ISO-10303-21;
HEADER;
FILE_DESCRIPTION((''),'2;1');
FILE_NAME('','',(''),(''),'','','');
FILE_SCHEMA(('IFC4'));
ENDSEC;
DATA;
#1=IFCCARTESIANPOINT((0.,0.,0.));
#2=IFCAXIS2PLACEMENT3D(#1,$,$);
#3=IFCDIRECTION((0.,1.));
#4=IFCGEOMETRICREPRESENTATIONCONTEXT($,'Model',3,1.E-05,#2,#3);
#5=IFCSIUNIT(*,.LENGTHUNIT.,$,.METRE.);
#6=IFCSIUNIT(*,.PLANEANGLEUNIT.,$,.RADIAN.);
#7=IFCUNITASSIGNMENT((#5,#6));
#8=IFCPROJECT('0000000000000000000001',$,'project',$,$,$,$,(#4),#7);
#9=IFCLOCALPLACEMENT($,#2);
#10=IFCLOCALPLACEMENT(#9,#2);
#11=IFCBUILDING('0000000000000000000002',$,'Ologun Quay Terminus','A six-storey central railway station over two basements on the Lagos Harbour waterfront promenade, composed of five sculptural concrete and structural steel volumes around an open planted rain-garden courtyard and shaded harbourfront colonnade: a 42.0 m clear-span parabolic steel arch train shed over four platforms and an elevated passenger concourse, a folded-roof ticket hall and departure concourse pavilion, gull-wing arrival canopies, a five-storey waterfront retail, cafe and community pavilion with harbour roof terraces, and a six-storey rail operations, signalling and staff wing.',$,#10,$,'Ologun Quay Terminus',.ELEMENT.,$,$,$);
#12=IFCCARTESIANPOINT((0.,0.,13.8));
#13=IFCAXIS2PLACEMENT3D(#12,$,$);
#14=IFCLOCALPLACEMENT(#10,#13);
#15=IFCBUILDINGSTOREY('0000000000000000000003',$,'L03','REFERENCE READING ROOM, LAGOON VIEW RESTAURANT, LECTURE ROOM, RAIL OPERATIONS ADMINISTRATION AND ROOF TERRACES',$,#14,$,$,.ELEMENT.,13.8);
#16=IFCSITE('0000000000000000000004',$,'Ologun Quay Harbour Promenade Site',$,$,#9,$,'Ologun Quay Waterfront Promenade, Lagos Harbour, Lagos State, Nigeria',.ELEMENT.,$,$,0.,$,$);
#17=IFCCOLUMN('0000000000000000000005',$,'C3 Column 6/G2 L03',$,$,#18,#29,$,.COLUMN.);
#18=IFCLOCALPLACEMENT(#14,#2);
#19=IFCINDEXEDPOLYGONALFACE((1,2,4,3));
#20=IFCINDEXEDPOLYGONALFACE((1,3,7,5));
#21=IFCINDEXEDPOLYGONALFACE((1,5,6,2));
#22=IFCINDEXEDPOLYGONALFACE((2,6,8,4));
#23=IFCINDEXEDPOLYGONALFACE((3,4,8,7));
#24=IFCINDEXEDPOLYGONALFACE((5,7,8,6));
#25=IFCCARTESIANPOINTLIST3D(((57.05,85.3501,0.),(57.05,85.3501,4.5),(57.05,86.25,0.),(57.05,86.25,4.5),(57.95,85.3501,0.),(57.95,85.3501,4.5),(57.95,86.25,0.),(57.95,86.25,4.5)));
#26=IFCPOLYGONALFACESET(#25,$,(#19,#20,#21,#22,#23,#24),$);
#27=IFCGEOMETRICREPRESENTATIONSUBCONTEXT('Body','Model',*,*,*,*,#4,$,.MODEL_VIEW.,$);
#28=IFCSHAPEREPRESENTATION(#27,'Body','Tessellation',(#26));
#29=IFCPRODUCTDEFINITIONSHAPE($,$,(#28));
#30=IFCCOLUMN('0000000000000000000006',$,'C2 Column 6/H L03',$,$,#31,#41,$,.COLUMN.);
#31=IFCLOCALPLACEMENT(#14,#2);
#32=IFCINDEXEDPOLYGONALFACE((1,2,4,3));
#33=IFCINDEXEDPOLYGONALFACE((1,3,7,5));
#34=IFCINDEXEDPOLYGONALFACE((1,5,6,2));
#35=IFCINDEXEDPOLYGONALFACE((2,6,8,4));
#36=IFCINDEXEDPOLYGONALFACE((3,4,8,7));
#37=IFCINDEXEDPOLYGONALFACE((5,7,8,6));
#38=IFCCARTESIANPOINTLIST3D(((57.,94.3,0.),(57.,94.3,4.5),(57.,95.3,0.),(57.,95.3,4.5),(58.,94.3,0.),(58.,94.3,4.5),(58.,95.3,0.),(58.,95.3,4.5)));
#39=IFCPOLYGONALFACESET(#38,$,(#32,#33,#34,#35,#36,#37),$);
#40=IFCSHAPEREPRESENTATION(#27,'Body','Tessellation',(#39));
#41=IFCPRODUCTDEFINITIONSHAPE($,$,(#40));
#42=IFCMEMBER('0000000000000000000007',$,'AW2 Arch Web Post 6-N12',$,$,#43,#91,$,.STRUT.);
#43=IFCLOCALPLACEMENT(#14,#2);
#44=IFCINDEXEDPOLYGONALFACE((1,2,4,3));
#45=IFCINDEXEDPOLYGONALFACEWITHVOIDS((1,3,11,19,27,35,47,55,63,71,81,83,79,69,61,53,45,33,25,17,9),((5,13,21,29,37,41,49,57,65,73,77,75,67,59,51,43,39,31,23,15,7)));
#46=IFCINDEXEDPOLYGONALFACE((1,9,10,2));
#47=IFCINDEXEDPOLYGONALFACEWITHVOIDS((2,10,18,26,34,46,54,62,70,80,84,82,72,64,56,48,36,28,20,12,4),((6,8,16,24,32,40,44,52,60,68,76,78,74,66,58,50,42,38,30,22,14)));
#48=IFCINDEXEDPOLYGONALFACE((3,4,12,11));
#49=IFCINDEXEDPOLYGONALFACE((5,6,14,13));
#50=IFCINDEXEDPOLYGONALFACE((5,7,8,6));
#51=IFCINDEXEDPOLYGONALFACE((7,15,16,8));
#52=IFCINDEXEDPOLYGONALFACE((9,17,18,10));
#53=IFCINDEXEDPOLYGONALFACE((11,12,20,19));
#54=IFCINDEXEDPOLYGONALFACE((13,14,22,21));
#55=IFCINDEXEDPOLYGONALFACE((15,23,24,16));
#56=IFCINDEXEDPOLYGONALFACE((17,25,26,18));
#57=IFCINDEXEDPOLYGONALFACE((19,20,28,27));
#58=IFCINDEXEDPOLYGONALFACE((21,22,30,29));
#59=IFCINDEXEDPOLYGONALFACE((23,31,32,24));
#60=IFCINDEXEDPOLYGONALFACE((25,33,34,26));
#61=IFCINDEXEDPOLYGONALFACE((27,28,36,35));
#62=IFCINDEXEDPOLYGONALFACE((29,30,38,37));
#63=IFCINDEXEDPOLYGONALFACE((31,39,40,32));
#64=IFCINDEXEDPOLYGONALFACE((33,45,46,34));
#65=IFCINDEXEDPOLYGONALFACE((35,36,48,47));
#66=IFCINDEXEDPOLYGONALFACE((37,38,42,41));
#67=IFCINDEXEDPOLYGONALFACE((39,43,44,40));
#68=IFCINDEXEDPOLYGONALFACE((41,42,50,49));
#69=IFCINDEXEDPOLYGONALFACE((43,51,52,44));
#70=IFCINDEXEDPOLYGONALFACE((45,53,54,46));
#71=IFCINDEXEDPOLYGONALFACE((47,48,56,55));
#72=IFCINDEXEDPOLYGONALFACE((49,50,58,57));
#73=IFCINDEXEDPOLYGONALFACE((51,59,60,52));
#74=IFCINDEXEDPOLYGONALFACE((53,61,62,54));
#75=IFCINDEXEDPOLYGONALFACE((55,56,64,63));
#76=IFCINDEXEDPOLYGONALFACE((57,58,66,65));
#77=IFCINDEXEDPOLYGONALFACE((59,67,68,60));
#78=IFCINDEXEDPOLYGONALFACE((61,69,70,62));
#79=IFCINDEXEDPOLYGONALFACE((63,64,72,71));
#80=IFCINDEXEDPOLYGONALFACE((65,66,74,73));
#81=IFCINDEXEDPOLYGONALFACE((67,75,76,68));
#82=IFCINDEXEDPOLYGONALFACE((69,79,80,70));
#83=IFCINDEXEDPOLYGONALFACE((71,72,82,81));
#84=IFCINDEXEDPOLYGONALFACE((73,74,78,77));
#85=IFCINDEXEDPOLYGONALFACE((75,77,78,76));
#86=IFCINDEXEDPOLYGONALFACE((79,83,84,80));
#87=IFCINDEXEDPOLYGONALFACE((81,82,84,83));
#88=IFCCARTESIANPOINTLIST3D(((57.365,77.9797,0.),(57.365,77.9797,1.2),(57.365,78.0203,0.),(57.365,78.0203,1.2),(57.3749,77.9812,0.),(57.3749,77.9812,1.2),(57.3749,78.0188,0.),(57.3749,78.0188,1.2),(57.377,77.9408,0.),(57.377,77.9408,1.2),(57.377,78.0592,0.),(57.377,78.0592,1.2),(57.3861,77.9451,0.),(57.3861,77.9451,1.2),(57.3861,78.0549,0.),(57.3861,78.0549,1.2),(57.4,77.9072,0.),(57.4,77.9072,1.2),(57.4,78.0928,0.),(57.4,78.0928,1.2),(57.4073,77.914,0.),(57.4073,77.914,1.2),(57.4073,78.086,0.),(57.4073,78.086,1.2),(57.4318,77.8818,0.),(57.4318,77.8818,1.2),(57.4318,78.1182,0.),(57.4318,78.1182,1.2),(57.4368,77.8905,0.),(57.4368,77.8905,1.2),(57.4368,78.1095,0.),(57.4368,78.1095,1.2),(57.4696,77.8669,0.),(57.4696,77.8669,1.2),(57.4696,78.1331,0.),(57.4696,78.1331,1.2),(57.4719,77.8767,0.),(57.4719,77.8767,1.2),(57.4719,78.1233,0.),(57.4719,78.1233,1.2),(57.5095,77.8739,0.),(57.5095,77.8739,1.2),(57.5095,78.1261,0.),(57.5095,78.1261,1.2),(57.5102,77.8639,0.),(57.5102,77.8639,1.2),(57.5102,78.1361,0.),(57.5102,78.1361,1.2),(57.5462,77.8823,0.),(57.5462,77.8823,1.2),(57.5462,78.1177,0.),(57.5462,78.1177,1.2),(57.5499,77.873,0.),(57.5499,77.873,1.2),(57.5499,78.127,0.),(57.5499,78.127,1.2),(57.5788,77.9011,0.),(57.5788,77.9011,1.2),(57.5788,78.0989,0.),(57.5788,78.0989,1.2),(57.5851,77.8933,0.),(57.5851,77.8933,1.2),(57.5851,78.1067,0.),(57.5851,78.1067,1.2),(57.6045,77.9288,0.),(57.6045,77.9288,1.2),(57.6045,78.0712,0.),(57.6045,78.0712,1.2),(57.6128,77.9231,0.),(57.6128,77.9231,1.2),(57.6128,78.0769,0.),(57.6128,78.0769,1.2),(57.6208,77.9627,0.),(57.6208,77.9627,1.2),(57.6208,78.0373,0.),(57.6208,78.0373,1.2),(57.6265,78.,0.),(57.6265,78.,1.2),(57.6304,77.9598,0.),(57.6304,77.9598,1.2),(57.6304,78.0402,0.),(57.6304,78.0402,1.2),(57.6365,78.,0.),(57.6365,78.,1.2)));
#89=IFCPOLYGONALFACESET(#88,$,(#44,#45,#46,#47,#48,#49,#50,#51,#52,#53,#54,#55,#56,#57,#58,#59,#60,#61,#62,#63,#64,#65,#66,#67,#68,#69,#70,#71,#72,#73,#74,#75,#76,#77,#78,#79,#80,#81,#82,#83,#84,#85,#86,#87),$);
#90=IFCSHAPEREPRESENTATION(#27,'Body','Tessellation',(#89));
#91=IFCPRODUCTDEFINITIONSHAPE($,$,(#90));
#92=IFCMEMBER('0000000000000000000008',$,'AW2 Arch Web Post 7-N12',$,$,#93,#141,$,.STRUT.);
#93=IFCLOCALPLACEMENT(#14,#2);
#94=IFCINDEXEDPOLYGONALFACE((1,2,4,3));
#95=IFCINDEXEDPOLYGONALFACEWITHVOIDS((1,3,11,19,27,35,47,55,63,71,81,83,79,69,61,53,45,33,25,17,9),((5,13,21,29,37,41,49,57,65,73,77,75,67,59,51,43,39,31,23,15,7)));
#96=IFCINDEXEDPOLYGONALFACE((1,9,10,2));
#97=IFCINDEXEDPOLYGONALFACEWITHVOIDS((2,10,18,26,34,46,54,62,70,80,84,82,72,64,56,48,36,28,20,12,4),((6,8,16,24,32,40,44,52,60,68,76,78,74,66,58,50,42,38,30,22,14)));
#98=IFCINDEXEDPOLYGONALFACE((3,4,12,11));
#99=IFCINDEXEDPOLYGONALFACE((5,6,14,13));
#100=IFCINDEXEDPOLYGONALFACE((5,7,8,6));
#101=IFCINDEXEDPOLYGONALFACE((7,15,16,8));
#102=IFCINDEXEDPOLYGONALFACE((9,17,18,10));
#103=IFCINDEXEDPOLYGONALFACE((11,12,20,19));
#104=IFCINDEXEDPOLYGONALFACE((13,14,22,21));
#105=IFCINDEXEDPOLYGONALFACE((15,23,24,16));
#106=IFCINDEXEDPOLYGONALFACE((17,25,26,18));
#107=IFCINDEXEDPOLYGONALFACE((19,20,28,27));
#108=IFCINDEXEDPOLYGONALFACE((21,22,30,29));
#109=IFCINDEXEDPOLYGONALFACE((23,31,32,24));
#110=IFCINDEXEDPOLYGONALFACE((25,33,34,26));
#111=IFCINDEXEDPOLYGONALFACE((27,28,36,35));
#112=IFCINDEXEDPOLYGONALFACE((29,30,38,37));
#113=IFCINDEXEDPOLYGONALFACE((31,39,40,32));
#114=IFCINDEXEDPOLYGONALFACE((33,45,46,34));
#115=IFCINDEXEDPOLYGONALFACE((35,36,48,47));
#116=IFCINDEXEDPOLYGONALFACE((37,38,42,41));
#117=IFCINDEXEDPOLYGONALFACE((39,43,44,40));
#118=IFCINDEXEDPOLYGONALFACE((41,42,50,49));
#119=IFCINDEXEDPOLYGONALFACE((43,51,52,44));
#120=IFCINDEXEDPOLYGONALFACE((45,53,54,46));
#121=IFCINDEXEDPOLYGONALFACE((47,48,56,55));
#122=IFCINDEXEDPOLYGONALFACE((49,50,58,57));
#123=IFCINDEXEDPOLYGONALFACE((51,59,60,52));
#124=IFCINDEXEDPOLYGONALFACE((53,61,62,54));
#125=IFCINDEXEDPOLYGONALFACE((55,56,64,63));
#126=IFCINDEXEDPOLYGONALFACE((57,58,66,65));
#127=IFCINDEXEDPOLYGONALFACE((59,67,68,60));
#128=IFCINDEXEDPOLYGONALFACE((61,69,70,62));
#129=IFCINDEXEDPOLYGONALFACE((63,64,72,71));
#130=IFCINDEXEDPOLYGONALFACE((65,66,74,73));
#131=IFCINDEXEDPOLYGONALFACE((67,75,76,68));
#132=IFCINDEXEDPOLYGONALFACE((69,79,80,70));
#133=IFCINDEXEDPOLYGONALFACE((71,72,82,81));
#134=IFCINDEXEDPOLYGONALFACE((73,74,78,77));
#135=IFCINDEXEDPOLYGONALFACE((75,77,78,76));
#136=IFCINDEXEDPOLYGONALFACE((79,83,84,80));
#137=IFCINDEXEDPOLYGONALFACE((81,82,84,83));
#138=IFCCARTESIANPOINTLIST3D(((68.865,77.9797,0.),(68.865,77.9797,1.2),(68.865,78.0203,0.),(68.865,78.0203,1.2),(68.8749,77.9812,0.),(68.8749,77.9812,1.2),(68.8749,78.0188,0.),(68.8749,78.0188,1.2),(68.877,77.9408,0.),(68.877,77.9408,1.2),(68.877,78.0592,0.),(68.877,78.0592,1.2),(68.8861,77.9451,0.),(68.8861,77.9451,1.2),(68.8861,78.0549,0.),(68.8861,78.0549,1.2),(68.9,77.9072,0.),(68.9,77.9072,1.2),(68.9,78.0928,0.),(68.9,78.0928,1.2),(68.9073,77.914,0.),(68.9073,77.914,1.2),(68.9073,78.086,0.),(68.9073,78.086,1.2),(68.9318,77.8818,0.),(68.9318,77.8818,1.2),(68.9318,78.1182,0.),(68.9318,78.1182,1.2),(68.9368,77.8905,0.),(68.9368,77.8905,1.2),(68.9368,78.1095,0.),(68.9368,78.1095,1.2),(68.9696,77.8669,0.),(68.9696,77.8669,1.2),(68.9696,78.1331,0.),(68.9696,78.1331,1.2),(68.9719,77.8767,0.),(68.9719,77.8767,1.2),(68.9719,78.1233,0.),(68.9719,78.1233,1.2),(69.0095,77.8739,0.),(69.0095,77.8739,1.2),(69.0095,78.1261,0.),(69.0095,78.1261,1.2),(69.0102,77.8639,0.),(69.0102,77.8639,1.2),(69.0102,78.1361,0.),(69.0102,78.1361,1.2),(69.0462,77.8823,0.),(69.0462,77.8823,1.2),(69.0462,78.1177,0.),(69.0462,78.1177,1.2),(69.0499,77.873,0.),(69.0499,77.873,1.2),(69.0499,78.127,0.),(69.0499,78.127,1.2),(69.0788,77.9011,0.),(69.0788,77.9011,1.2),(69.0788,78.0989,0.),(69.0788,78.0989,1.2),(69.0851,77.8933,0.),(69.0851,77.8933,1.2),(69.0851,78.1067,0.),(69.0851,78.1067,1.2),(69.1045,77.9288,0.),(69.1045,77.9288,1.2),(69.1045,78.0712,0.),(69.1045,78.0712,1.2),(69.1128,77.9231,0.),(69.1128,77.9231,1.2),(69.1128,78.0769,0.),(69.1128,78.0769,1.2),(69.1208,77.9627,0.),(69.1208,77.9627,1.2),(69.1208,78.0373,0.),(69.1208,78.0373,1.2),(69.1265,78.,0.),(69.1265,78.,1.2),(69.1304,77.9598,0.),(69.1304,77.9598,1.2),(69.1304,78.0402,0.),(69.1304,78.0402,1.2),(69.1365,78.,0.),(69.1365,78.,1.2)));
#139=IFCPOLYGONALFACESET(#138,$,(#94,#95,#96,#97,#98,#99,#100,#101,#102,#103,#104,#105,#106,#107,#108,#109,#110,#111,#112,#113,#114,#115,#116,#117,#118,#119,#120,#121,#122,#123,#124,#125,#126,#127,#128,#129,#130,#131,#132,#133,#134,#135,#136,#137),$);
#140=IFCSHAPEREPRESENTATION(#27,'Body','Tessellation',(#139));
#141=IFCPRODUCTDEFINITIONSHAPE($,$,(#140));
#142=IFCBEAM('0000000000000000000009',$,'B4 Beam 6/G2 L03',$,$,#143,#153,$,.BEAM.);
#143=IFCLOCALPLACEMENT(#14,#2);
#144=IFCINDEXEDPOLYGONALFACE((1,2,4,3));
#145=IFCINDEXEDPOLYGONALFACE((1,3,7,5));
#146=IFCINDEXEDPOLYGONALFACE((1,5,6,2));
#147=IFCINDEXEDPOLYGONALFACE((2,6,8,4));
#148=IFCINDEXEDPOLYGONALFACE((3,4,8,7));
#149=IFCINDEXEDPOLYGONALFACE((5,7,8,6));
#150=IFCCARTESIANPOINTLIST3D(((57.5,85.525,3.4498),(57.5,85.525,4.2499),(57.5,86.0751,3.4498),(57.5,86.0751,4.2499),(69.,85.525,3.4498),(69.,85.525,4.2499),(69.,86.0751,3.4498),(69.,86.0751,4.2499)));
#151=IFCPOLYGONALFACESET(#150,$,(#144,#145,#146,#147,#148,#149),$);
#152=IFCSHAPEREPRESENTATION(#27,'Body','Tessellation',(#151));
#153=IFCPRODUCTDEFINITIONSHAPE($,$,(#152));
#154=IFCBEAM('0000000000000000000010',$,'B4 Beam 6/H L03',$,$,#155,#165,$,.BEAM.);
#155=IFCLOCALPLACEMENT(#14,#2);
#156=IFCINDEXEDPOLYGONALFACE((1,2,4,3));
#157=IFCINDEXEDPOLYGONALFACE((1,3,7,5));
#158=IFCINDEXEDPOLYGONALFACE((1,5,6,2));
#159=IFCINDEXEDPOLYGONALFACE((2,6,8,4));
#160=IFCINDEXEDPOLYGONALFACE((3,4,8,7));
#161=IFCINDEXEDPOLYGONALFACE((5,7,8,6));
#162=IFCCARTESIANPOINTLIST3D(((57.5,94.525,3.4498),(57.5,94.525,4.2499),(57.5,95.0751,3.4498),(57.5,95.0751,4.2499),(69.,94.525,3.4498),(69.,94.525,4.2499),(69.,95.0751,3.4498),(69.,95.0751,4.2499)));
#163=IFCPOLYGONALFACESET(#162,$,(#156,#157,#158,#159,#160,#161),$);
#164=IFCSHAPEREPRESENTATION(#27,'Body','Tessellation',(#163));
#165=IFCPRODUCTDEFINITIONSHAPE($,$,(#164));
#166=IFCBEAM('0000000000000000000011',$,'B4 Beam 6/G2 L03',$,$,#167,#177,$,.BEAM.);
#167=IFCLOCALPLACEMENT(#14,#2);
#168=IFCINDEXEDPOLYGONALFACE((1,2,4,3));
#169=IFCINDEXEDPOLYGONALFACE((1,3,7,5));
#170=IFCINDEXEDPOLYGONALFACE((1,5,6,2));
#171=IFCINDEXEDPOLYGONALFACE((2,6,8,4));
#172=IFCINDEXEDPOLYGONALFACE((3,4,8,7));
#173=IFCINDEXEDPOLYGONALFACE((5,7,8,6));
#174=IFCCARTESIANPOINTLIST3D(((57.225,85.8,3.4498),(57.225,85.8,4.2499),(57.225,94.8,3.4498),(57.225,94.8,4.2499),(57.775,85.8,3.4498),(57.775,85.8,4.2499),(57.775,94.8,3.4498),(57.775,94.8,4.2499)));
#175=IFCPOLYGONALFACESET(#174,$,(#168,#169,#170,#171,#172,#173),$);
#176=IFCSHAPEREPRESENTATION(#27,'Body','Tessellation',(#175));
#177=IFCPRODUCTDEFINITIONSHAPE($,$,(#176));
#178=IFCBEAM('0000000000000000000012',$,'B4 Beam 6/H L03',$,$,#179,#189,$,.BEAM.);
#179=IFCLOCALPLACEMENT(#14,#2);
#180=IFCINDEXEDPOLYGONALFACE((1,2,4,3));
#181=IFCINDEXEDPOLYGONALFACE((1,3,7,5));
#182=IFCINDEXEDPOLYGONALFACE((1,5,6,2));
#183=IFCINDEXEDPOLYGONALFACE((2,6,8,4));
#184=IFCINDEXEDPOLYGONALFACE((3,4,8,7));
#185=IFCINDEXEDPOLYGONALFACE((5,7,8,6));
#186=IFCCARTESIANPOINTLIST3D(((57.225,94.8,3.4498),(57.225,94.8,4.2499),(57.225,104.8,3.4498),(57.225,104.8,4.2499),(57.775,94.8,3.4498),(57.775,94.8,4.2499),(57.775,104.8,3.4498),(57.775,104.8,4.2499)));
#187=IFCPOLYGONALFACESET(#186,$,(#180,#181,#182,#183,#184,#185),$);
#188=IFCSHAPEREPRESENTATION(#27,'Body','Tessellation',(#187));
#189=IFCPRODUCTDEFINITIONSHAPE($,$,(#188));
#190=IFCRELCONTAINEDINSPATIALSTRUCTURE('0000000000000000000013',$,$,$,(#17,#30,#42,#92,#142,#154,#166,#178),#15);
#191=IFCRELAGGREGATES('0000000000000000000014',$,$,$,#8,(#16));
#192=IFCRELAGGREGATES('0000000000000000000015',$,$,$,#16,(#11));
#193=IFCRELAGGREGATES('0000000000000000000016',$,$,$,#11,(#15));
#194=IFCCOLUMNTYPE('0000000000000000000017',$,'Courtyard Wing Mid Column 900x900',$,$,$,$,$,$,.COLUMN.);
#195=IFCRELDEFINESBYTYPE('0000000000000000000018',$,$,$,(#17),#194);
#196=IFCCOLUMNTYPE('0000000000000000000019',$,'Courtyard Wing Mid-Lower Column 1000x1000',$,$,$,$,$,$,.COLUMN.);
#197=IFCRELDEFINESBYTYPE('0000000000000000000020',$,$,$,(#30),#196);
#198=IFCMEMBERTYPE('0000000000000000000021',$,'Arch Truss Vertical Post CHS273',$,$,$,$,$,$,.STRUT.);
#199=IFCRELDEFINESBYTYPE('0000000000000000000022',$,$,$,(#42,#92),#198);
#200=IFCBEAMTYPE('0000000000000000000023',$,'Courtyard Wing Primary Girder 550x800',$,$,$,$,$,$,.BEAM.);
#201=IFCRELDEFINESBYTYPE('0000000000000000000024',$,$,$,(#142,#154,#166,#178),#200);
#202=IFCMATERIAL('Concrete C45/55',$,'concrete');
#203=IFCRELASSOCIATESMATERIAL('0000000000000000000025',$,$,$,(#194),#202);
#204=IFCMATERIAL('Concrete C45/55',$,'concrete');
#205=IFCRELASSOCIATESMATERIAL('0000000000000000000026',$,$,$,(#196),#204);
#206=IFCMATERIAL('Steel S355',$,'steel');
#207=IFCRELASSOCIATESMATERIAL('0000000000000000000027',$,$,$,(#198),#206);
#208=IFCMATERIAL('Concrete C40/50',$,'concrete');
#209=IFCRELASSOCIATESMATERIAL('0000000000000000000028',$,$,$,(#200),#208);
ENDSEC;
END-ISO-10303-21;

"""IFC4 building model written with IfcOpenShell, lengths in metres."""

from ifc_helpers import new_model, si_unit, direction, frame, origin, origin_2d, place, context, subcontext, project, spatial, rectangle, hollow_circle, extrude, material, material_profile, profile_set, type_object, element, save


model = new_model("IFC4")

# Units and contexts
model_context = context("Model", 3, precision=1e-05, world=origin(), true_north=direction((0.0, 1.0)))
body_context = subcontext(model_context, "Body", "Model", "MODEL_VIEW")
ifc_project = project(units=[si_unit("LENGTHUNIT", "METRE"), si_unit("PLANEANGLEUNIT", "RADIAN")], contexts=[model_context])

# Site, building, storey
site_placement = place(None, origin())
site = spatial("IfcSite", under=ifc_project, at=site_placement, Name="Ologun Quay Harbour Promenade Site", LongName="Ologun Quay Waterfront Promenade, Lagos Harbour, Lagos State, Nigeria", CompositionType="ELEMENT", RefElevation=0.0)
building_placement = place(site_placement, origin())
building = spatial("IfcBuilding", under=site, at=building_placement, Name="Ologun Quay Terminus", Description="A six-storey central railway station over two basements on the Lagos Harbour waterfront promenade, composed of five sculptural concrete and structural steel volumes around an open planted rain-garden courtyard and shaded harbourfront colonnade: a 42.0 m clear-span parabolic steel arch train shed over four platforms and an elevated passenger concourse, a folded-roof ticket hall and departure concourse pavilion, gull-wing arrival canopies, a five-storey waterfront retail, cafe and community pavilion with harbour roof terraces, and a six-storey rail operations, signalling and staff wing.", LongName="Ologun Quay Terminus", CompositionType="ELEMENT")
storey_placement = place(building_placement, frame((0.0, 0.0, 13.8)))
storey = spatial("IfcBuildingStorey", under=building, at=storey_placement, Name="L03", Description="REFERENCE READING ROOM, LAGOON VIEW RESTAURANT, LECTURE ROOM, RAIL OPERATIONS ADMINISTRATION AND ROOF TERRACES", CompositionType="ELEMENT", Elevation=13.8)

# Columns
ifc_material_1 = material(Name="Concrete C45/55", Category="concrete")
ifc_material_profile_1 = material_profile(ifc_material_1, rectangle(XDim=0.8999, YDim=0.8999, at=origin_2d()), Name="RC 900x900")
ifc_profile_set_1 = profile_set([ifc_material_profile_1], Name="Concrete C45/55")
column_type_1 = type_object("IfcColumnType", Name="Courtyard Wing Mid Column 900x900", PredefinedType="COLUMN", material=ifc_profile_set_1)
column_1_placement = place(storey_placement, frame((57.5, 85.8, 0.0), z_axis=(0.0, 0.0, 1.0), x_axis=(1.0, 0.0, 0.0)))
element("IfcColumn", 1, at=column_1_placement, inside=storey, type_object=column_type_1, Name="C3 Column 6/G2 L03", PredefinedType="COLUMN", context=body_context, shape_type="SweptSolid", body=[
    extrude(rectangle(XDim=0.8999, YDim=0.8999, at=origin_2d()), origin(), (0.0, 0.0, 1.0), 4.5),
])
ifc_material_2 = material(Name="Concrete C45/55", Category="concrete")
ifc_material_profile_2 = material_profile(ifc_material_2, rectangle(XDim=1.0, YDim=1.0, at=origin_2d()), Name="RC 1000x1000")
ifc_profile_set_2 = profile_set([ifc_material_profile_2], Name="Concrete C45/55")
column_type_2 = type_object("IfcColumnType", Name="Courtyard Wing Mid-Lower Column 1000x1000", PredefinedType="COLUMN", material=ifc_profile_set_2)
column_2_placement = place(storey_placement, frame((57.5, 94.8, 0.0), z_axis=(0.0, 0.0, 1.0), x_axis=(1.0, 0.0, 0.0)))
element("IfcColumn", 2, at=column_2_placement, inside=storey, type_object=column_type_2, Name="C2 Column 6/H L03", PredefinedType="COLUMN", context=body_context, shape_type="SweptSolid", body=[
    extrude(rectangle(XDim=1.0, YDim=1.0, at=origin_2d()), origin(), (0.0, 0.0, 1.0), 4.5),
])

# Members
ifc_material_3 = material(Name="Steel S355", Category="steel")
ifc_material_profile_3 = material_profile(ifc_material_3, hollow_circle(Radius=0.1365, WallThickness=0.01, at=origin_2d()), Name="CHS 273x10")
ifc_profile_set_3 = profile_set([ifc_material_profile_3], Name="Steel S355")
member_type_1 = type_object("IfcMemberType", Name="Arch Truss Vertical Post CHS273", PredefinedType="STRUT", material=ifc_profile_set_3)
for number, where, z_axis, x_axis, name in (
    (3, (57.5, 78.0, 0.0), (0.0, 0.0, 1.0), (1.0, 0.0, 0.0), "AW2 Arch Web Post 6-N12"),
    (4, (69.0, 78.0, 0.0), (0.0, 0.0, 1.0), (1.0, 0.0, 0.0), "AW2 Arch Web Post 7-N12"),
):
    element("IfcMember", number, at=place(storey_placement, frame(where, z_axis=z_axis, x_axis=x_axis)), inside=storey, type_object=member_type_1, Name=name, PredefinedType="STRUT", context=body_context, shape_type="SweptSolid", body=[
        extrude(hollow_circle(Radius=0.1365, WallThickness=0.01, at=origin_2d()), origin(), (0.0, 0.0, 1.0), 1.2),
    ])

# Beams
ifc_material_4 = material(Name="Concrete C40/50", Category="concrete")
ifc_material_profile_4 = material_profile(ifc_material_4, rectangle(XDim=0.55, YDim=0.8, at=origin_2d()), Name="RC 550x800")
ifc_profile_set_4 = profile_set([ifc_material_profile_4], Name="Concrete C40/50")
beam_type_1 = type_object("IfcBeamType", Name="Courtyard Wing Primary Girder 550x800", PredefinedType="BEAM", material=ifc_profile_set_4)
for number, where, z_axis, x_axis, name in (
    (5, (57.5, 85.8, 3.8499), (1.0, 0.0, 0.0), (0.0, 1.0, 0.0), "B4 Beam 6/G2 L03"),
    (6, (57.5, 94.8, 3.8499), (1.0, 0.0, 0.0), (0.0, 1.0, 0.0), "B4 Beam 6/H L03"),
):
    element("IfcBeam", number, at=place(storey_placement, frame(where, z_axis=z_axis, x_axis=x_axis)), inside=storey, type_object=beam_type_1, Name=name, PredefinedType="BEAM", context=body_context, shape_type="SweptSolid", body=[
        extrude(rectangle(XDim=0.55, YDim=0.8, at=origin_2d()), origin(), (0.0, 0.0, 1.0), 11.5),
    ])
beam_1_placement = place(storey_placement, frame((57.5, 85.8, 3.8499), z_axis=(0.0, 1.0, 0.0), x_axis=(-1.0, 0.0, 0.0)))
element("IfcBeam", 7, at=beam_1_placement, inside=storey, type_object=beam_type_1, Name="B4 Beam 6/G2 L03", PredefinedType="BEAM", context=body_context, shape_type="SweptSolid", body=[
    extrude(rectangle(XDim=0.55, YDim=0.8, at=origin_2d()), origin(), (0.0, 0.0, 1.0), 9.0),
])
beam_2_placement = place(storey_placement, frame((57.5, 94.8, 3.8499), z_axis=(0.0, 1.0, 0.0), x_axis=(-1.0, 0.0, 0.0)))
element("IfcBeam", 8, at=beam_2_placement, inside=storey, type_object=beam_type_1, Name="B4 Beam 6/H L03", PredefinedType="BEAM", context=body_context, shape_type="SweptSolid", body=[
    extrude(rectangle(XDim=0.55, YDim=0.8, at=origin_2d()), origin(), (0.0, 0.0, 1.0), 10.0),
])

save(model, "model.ifc")
